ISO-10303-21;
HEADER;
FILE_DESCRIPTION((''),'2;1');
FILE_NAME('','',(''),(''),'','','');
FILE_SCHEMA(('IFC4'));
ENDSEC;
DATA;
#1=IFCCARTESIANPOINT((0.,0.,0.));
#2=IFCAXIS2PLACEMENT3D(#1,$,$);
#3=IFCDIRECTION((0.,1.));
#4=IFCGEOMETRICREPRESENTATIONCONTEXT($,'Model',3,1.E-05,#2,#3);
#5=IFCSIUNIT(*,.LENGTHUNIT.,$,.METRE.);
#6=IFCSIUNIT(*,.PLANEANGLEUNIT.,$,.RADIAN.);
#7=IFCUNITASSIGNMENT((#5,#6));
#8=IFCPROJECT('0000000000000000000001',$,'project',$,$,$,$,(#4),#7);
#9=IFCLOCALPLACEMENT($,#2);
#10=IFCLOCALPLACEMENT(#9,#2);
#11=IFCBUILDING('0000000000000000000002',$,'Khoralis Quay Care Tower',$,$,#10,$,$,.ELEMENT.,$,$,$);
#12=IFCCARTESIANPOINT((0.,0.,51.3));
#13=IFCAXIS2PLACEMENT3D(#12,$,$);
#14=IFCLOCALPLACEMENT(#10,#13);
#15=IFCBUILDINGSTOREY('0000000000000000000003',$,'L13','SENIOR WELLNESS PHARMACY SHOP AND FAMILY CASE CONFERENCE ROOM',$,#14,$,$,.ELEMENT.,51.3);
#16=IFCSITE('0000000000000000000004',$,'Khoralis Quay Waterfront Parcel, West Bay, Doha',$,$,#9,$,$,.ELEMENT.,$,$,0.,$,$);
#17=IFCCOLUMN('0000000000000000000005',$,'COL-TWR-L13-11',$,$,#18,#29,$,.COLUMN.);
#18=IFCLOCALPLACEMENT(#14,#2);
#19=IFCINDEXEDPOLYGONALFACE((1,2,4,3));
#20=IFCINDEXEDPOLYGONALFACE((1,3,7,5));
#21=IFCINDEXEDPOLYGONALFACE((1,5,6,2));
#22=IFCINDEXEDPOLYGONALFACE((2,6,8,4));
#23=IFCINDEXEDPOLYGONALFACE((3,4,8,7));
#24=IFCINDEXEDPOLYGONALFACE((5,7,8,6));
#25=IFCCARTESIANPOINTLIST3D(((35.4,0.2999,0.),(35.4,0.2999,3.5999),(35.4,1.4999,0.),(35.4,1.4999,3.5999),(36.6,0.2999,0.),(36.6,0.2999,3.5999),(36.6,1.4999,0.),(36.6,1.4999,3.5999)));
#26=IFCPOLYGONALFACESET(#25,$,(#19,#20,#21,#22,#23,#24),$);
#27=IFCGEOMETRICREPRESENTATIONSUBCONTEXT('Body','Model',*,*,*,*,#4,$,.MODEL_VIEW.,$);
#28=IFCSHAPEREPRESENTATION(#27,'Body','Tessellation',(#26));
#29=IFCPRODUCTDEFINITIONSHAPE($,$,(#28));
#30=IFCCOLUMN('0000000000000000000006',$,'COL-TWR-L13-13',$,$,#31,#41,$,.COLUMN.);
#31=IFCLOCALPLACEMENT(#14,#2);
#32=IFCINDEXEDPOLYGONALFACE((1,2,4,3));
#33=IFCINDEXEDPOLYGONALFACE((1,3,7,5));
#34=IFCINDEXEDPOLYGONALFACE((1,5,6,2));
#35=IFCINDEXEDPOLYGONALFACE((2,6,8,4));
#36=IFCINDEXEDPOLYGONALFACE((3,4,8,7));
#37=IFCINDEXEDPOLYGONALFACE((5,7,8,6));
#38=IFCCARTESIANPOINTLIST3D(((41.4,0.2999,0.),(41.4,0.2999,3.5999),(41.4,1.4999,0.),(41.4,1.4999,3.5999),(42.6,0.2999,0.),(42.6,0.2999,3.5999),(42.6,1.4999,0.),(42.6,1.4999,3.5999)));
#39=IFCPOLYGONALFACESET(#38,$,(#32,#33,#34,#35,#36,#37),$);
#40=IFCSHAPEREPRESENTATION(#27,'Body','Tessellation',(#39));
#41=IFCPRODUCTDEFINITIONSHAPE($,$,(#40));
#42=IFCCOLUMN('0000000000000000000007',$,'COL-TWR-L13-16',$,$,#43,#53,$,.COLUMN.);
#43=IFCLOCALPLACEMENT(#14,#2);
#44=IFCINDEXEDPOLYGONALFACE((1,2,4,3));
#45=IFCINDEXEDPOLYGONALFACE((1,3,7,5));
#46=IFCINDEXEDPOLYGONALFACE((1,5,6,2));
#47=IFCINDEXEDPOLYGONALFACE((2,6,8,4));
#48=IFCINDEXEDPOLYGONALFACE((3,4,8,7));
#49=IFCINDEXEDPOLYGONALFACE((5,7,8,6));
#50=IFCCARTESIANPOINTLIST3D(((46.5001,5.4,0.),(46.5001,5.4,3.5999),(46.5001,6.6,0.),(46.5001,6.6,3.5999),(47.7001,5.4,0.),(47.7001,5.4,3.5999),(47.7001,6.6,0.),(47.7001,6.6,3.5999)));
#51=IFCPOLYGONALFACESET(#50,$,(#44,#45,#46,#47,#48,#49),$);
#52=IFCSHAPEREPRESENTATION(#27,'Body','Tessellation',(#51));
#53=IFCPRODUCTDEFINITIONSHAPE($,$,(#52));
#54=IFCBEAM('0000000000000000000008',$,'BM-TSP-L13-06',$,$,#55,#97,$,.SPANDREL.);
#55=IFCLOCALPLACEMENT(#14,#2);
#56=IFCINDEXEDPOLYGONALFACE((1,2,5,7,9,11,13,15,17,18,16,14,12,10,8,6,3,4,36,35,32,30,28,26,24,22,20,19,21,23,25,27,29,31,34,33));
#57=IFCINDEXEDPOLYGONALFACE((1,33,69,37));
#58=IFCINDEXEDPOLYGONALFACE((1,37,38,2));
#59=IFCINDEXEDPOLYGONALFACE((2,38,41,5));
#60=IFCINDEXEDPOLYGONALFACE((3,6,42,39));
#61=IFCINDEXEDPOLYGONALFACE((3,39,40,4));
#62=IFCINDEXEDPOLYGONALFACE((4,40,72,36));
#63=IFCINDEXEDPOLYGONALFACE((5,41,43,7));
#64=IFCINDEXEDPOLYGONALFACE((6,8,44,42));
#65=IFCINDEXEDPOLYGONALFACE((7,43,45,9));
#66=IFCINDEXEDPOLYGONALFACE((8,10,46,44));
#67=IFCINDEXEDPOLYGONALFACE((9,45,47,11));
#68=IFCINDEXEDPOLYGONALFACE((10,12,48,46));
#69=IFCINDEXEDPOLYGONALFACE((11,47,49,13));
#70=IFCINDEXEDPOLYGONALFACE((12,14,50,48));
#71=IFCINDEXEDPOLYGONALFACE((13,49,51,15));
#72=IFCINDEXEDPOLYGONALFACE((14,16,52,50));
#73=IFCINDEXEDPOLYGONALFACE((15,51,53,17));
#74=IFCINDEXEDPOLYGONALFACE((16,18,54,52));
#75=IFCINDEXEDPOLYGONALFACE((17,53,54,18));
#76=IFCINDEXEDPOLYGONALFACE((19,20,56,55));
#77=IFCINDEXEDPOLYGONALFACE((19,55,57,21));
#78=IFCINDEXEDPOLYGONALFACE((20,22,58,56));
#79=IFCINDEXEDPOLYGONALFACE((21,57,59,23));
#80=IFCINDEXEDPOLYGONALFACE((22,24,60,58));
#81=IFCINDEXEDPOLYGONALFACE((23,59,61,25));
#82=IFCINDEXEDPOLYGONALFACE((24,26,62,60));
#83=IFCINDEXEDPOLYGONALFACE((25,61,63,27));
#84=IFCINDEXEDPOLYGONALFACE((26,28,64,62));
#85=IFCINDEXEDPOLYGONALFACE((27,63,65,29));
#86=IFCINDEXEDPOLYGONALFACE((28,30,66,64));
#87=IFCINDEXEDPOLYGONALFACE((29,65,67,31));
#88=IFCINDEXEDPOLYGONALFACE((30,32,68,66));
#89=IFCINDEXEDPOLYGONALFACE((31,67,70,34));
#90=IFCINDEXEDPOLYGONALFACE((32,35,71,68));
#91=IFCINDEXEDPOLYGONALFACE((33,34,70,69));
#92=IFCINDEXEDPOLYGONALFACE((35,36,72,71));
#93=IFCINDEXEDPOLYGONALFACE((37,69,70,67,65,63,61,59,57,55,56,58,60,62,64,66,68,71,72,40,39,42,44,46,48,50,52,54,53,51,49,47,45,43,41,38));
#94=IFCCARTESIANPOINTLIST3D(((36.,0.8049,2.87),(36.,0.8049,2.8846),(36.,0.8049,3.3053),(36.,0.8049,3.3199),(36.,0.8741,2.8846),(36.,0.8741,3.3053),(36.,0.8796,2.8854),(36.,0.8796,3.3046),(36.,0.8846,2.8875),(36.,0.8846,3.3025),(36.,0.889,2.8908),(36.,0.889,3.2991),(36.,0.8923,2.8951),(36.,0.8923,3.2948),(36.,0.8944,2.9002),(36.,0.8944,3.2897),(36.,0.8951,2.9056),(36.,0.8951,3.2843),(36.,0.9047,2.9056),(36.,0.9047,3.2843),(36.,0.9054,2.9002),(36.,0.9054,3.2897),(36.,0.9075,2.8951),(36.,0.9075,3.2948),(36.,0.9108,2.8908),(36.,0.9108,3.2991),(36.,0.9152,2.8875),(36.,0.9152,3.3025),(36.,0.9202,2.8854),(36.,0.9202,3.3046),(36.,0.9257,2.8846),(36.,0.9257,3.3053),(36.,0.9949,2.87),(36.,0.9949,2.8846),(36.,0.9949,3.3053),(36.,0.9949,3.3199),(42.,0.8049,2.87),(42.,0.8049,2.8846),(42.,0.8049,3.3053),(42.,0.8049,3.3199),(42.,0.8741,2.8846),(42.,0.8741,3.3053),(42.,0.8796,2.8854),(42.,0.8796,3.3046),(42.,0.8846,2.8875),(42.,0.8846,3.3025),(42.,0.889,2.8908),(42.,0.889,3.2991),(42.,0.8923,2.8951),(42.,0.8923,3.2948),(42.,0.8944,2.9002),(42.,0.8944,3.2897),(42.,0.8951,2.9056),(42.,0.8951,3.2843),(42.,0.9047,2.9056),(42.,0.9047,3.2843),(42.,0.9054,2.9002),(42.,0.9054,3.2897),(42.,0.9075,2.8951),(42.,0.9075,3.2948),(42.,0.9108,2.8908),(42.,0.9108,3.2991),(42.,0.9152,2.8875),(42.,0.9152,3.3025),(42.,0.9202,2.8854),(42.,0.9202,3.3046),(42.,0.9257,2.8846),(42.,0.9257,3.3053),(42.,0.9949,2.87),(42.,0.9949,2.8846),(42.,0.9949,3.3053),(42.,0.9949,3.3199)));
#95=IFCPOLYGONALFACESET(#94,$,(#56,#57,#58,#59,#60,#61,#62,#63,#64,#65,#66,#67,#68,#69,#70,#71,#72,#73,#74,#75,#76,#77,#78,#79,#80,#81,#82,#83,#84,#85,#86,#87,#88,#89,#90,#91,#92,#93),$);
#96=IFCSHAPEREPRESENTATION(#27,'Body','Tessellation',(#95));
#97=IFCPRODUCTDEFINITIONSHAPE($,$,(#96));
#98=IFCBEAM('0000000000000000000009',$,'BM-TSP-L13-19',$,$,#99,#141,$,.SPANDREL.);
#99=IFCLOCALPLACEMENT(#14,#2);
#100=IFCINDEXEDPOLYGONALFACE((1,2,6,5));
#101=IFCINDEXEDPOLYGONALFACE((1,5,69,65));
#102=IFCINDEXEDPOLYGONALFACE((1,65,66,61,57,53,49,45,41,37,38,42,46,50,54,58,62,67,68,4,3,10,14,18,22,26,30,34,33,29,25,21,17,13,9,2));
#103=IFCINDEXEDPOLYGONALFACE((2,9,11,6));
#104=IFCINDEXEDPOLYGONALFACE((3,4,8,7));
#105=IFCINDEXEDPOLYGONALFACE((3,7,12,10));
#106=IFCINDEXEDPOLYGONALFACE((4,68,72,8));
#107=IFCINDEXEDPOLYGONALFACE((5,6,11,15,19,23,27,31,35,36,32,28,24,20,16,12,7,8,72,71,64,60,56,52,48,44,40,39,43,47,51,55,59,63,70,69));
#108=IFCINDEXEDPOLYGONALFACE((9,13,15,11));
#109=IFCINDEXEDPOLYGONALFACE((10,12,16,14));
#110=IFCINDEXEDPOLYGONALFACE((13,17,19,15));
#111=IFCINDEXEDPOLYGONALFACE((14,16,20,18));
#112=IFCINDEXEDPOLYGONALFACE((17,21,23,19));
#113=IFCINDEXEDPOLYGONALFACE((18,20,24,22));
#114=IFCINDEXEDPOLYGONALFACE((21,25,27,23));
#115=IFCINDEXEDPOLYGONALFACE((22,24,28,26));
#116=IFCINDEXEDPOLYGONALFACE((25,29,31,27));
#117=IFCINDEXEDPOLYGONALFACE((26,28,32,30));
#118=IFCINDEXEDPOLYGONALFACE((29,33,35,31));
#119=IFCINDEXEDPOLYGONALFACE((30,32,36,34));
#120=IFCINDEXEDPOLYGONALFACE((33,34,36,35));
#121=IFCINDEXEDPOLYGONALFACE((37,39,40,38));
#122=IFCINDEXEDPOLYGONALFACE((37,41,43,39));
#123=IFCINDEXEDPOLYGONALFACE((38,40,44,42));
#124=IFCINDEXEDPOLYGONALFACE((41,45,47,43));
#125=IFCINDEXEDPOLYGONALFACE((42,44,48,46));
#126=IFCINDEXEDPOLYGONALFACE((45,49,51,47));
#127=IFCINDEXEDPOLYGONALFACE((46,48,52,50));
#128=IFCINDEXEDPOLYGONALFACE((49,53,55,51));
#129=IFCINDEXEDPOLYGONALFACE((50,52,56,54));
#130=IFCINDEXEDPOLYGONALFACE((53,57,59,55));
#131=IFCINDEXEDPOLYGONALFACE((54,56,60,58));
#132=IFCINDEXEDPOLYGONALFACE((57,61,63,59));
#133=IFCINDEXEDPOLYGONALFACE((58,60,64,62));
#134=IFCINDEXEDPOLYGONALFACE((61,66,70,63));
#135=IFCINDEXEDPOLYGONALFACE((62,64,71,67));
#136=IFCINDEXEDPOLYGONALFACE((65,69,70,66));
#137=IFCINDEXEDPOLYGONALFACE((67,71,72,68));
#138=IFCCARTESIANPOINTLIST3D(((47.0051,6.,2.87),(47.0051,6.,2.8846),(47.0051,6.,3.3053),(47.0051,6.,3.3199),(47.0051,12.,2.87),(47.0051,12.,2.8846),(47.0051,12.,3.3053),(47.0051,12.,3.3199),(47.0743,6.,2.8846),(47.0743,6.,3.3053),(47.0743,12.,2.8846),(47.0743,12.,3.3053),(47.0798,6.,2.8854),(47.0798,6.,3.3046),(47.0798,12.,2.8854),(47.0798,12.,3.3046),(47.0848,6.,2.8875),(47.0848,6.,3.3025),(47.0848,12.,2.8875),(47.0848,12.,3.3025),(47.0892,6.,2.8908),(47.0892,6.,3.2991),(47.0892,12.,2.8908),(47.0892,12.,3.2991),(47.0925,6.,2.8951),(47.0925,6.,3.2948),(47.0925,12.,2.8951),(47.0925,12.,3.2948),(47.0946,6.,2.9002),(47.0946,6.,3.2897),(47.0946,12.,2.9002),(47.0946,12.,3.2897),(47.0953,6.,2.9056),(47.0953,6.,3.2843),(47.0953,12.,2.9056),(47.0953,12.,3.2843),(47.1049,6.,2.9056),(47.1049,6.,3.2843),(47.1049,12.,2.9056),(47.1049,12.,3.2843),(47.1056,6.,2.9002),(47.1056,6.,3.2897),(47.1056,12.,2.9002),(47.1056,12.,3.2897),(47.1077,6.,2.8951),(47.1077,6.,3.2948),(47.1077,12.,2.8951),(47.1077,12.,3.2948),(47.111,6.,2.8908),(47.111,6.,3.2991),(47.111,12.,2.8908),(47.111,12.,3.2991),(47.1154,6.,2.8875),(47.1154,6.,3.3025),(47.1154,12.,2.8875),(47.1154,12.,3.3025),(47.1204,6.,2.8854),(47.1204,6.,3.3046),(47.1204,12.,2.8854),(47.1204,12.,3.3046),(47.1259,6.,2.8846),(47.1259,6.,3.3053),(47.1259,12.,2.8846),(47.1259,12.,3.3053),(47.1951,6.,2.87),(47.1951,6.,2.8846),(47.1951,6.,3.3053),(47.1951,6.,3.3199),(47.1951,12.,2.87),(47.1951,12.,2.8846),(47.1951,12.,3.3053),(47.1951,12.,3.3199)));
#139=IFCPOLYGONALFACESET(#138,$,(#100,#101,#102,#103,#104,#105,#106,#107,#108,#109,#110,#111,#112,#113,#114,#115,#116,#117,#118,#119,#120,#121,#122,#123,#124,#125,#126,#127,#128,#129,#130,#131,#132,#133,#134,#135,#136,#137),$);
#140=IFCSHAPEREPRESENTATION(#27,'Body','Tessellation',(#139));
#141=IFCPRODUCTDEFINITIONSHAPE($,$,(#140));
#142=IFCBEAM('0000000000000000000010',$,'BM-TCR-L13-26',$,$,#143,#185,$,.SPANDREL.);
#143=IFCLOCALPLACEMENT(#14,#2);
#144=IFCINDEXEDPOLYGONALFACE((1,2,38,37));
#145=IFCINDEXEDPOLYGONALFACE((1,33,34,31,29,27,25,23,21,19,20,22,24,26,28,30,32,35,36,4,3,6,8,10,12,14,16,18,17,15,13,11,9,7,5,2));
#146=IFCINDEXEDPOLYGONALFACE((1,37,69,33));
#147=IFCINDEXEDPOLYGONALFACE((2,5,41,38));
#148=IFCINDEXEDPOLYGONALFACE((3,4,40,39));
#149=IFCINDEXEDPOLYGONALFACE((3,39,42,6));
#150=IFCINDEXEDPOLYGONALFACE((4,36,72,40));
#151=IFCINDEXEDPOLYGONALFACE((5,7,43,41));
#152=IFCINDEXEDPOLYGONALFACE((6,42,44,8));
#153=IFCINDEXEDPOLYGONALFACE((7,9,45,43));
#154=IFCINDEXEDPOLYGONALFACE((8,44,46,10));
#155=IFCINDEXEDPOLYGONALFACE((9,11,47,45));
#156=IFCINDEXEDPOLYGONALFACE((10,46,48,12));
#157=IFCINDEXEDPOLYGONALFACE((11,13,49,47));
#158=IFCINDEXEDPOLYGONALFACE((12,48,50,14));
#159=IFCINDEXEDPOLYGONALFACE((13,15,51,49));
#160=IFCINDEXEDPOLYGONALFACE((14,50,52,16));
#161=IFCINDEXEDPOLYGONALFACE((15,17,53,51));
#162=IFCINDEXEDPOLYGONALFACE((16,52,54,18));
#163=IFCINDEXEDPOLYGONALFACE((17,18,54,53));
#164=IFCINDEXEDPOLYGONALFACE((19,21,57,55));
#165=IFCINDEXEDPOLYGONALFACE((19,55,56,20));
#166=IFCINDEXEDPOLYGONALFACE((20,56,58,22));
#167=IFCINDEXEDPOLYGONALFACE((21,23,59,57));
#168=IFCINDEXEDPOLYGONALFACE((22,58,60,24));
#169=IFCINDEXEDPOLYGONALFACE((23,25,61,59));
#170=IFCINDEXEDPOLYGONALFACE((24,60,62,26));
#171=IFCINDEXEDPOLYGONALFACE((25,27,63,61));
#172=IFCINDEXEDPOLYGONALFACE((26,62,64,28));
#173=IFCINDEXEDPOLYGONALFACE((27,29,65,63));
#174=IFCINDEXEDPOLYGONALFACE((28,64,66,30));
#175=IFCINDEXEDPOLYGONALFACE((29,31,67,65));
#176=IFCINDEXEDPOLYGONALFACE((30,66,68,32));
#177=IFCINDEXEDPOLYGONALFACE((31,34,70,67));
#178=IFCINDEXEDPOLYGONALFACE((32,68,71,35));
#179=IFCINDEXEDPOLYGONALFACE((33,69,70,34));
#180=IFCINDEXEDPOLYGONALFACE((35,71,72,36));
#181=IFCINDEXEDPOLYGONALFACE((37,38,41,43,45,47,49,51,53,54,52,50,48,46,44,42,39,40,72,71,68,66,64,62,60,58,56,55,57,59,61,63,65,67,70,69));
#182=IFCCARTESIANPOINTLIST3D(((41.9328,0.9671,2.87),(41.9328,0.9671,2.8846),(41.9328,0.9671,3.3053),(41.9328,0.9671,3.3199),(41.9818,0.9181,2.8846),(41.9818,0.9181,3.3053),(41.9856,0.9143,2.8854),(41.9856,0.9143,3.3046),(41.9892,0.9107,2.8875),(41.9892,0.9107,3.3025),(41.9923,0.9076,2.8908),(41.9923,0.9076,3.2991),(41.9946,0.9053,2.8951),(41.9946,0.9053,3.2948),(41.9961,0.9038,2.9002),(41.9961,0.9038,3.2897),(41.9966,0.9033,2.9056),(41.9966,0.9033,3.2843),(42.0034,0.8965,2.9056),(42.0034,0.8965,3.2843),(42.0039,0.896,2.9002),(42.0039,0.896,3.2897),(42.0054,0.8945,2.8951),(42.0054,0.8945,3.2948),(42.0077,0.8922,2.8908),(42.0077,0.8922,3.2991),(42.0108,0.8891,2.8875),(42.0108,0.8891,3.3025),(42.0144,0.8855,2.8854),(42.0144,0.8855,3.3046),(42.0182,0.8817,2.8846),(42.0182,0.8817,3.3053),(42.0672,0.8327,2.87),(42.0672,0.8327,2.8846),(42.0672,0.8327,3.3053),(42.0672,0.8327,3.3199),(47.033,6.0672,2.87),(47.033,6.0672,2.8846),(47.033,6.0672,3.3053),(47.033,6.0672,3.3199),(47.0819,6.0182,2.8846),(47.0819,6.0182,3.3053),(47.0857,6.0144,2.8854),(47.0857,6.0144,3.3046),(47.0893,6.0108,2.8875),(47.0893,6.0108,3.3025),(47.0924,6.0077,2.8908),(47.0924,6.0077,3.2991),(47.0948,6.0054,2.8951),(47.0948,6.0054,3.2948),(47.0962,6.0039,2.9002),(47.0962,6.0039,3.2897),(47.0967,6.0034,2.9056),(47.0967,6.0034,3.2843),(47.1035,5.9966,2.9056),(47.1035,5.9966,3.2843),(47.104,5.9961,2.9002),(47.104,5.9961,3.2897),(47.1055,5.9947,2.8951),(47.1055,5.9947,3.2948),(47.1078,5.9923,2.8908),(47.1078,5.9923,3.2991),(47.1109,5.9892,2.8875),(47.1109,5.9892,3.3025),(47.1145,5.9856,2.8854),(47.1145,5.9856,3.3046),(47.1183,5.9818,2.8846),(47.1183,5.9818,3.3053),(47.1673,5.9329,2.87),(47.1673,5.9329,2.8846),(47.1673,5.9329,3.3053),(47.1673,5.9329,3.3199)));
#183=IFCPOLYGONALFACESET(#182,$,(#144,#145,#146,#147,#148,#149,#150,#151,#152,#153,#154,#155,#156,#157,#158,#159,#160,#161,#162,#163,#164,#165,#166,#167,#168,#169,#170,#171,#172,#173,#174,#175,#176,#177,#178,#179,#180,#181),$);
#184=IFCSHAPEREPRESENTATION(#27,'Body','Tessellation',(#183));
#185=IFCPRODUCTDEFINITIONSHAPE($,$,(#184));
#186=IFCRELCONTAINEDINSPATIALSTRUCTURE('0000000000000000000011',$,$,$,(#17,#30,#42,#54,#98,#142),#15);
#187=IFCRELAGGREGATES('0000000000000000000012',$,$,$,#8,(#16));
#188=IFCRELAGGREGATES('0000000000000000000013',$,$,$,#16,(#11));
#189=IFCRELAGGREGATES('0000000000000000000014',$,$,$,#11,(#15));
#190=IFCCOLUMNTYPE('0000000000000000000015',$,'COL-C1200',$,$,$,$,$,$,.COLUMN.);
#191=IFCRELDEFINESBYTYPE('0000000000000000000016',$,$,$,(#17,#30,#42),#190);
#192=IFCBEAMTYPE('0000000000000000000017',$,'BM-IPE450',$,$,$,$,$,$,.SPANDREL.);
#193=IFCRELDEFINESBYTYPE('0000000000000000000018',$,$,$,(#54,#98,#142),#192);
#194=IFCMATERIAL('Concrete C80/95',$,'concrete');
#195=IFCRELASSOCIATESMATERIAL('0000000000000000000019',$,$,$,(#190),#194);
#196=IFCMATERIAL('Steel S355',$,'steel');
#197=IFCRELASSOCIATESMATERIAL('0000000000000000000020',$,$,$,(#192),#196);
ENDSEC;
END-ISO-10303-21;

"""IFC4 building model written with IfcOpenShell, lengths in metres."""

from ifc_helpers import new_model, si_unit, direction, frame, origin, origin_2d, place, context, subcontext, project, spatial, rectangle, i_section, extrude, source, transform, mapped, material, material_profile, profile_set, type_object, element, save


model = new_model("IFC4")

# Units and contexts
model_context = context("Model", 3, precision=1e-05, world=origin(), true_north=direction((0.0, 1.0)))
body_context = subcontext(model_context, "Body", "Model", "MODEL_VIEW")
ifc_project = project(units=[si_unit("LENGTHUNIT", "METRE"), si_unit("PLANEANGLEUNIT", "RADIAN")], contexts=[model_context])

# Site, building, storey
site_placement = place(None, origin())
site = spatial("IfcSite", under=ifc_project, at=site_placement, Name="Khoralis Quay Waterfront Parcel, West Bay, Doha", CompositionType="ELEMENT", RefElevation=0.0)
building_placement = place(site_placement, origin())
building = spatial("IfcBuilding", under=site, at=building_placement, Name="Khoralis Quay Care Tower", CompositionType="ELEMENT")
storey_placement = place(building_placement, frame((0.0, 0.0, 51.3)))
storey = spatial("IfcBuildingStorey", under=building, at=storey_placement, Name="L13", Description="SENIOR WELLNESS PHARMACY SHOP AND FAMILY CASE CONFERENCE ROOM", CompositionType="ELEMENT", Elevation=51.3)

# Columns
ifc_material_1 = material(Name="Concrete C80/95", Category="concrete")
ifc_material_profile_1 = material_profile(ifc_material_1, rectangle(XDim=1.2, YDim=1.2, at=origin_2d()), Name="Concrete C80/95")
ifc_profile_set_1 = profile_set([ifc_material_profile_1], Name="Concrete C80/95")
column_type = type_object("IfcColumnType", Name="COL-C1200", PredefinedType="COLUMN", material=ifc_profile_set_1)
shared_shape_1 = source(origin(), body_context, "Body", "SweptSolid", [
    extrude(rectangle(XDim=1.2, YDim=1.2, at=origin_2d()), origin(), (0.0, 0.0, 1.0), 3.5999),
])
for number, where, z_axis, x_axis, name in (
    (1, (36.0, 0.8999, 0.0), (0.0, 0.0, 1.0), (1.0, 0.0, 0.0), "COL-TWR-L13-11"),
    (2, (42.0, 0.8999, 0.0), (0.0, 0.0, 1.0), (1.0, 0.0, 0.0), "COL-TWR-L13-13"),
    (3, (47.1001, 6.0, 0.0), (0.0, 0.0, 1.0), (1.0, 0.0, 0.0), "COL-TWR-L13-16"),
):
    element("IfcColumn", number, at=place(storey_placement, frame(where, z_axis=z_axis, x_axis=x_axis)), inside=storey, type_object=column_type, Name=name, PredefinedType="COLUMN", context=body_context, shape_type="MappedRepresentation", body=[
        mapped(shared_shape_1, transform((0.0, 0.0, 0.0), scale=1.0)),
    ])

# Beams
ifc_material_2 = material(Name="Steel S355", Category="steel")
ifc_material_profile_2 = material_profile(ifc_material_2, i_section(OverallWidth=0.1899, OverallDepth=0.45, WebThickness=0.0095, FlangeThickness=0.0146, FilletRadius=0.021, at=origin_2d()), Name="Steel S355")
ifc_profile_set_2 = profile_set([ifc_material_profile_2], Name="Steel S355")
beam_type_1 = type_object("IfcBeamType", Name="BM-IPE450", PredefinedType="SPANDREL", material=ifc_profile_set_2)
shared_shape_2 = source(origin(), body_context, "Body", "SweptSolid", [
    extrude(i_section(OverallWidth=0.1899, OverallDepth=0.45, WebThickness=0.0095, FlangeThickness=0.0146, FilletRadius=0.021, at=origin_2d()), origin(), (0.0, 0.0, 1.0), 6.0),
])
for number, where, z_axis, x_axis, name in (
    (4, (36.0, 0.8999, 3.095), (1.0, 0.0, 0.0), (0.0, 1.0, 0.0), "BM-TSP-L13-06"),
    (5, (47.1001, 6.0, 3.095), (0.0, 1.0, 0.0), (-1.0, 0.0, 0.0), "BM-TSP-L13-19"),
):
    element("IfcBeam", number, at=place(storey_placement, frame(where, z_axis=z_axis, x_axis=x_axis)), inside=storey, type_object=beam_type_1, Name=name, PredefinedType="SPANDREL", context=body_context, shape_type="MappedRepresentation", body=[
        mapped(shared_shape_2, transform((0.0, 0.0, 0.0), scale=1.0)),
    ])
shared_shape_3 = source(origin(), body_context, "Body", "SweptSolid", [
    extrude(i_section(OverallWidth=0.1899, OverallDepth=0.45, WebThickness=0.0095, FlangeThickness=0.0146, FilletRadius=0.021, at=origin_2d()), origin(), (0.0, 0.0, 1.0), 7.2126),
])
beam_1_placement = place(storey_placement, frame((42.0, 0.8999, 3.095), z_axis=(0.707107, 0.707107, 0.0), x_axis=(-0.707107, 0.707107, 0.0)))
element("IfcBeam", 6, at=beam_1_placement, inside=storey, type_object=beam_type_1, Name="BM-TCR-L13-26", PredefinedType="SPANDREL", context=body_context, shape_type="MappedRepresentation", body=[
    mapped(shared_shape_3, transform((0.0, 0.0, 0.0), scale=1.0)),
])

save(model, "model.ifc")
